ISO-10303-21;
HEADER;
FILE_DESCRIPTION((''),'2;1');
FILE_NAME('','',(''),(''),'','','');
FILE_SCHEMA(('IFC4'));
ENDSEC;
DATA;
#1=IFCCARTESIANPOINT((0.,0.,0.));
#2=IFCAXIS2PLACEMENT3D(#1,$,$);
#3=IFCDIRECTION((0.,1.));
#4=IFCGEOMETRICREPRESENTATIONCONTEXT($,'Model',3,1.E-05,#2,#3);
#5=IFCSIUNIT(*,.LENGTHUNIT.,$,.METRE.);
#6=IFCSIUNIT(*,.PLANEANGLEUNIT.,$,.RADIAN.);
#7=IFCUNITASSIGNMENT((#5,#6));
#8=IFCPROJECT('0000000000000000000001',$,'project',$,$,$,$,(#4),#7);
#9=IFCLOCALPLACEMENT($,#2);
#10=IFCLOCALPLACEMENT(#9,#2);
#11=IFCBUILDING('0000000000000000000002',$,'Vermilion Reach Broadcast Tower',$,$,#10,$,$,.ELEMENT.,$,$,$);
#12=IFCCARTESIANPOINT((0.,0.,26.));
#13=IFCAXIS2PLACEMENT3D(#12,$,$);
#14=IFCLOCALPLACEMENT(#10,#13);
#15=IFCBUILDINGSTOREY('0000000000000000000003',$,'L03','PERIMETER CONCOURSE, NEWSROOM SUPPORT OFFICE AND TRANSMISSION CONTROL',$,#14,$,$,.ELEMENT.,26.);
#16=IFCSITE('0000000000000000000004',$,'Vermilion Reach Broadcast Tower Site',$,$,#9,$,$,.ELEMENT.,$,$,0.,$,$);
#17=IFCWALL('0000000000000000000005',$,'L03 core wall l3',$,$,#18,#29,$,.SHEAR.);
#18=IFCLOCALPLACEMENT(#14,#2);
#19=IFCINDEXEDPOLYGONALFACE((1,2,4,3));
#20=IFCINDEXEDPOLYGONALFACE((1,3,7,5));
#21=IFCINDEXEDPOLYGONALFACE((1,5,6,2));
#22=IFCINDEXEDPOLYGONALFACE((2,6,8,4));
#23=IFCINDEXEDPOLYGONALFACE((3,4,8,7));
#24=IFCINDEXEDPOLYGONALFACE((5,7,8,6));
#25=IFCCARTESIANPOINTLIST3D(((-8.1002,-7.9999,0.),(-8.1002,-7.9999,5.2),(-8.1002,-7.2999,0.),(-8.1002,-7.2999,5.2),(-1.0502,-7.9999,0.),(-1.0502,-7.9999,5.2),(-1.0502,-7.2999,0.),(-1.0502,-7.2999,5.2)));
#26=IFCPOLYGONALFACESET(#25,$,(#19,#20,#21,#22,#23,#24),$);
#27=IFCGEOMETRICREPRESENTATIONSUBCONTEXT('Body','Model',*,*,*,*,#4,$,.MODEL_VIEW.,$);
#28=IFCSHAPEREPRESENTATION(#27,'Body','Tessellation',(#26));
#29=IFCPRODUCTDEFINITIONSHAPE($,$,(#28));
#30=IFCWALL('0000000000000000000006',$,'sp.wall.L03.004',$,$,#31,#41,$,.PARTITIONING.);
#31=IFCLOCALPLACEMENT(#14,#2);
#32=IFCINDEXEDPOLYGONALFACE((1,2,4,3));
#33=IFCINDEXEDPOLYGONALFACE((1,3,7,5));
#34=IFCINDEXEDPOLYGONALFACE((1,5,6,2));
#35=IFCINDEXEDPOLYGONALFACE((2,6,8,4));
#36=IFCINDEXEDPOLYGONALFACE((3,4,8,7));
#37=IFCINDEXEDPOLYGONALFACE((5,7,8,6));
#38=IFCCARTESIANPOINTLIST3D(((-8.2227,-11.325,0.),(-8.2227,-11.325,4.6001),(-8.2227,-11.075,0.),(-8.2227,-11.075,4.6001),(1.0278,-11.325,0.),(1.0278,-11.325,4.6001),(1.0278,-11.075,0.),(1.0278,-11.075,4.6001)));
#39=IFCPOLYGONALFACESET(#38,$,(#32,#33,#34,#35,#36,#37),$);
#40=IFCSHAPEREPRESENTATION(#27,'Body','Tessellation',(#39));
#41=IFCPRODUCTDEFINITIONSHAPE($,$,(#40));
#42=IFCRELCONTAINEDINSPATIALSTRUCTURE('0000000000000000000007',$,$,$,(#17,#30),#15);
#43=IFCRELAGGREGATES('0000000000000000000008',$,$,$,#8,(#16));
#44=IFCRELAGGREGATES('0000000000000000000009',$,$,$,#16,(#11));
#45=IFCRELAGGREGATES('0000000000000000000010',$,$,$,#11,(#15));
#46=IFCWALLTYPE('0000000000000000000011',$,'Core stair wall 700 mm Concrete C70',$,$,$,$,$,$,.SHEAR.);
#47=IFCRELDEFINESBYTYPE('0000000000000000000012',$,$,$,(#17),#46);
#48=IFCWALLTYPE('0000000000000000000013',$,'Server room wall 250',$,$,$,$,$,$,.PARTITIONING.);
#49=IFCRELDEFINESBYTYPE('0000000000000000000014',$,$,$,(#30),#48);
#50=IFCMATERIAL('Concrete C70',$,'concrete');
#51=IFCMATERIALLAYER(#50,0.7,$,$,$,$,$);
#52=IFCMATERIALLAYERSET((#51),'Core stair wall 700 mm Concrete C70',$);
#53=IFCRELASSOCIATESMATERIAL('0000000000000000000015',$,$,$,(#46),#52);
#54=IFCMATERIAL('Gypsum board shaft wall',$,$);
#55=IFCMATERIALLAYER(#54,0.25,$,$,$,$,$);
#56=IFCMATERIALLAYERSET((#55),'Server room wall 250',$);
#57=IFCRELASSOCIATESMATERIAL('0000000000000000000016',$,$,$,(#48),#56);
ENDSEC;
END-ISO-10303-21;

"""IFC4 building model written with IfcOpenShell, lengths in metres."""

from ifc_helpers import new_model, si_unit, direction, frame, frame_2d, origin, place, context, subcontext, project, spatial, rectangle, extrude, material, layer, layer_set, type_object, element, save


model = new_model("IFC4")

# Units and contexts
model_context = context("Model", 3, precision=1e-05, world=origin(), true_north=direction((0.0, 1.0)))
body_context = subcontext(model_context, "Body", "Model", "MODEL_VIEW")
ifc_project = project(units=[si_unit("LENGTHUNIT", "METRE"), si_unit("PLANEANGLEUNIT", "RADIAN")], contexts=[model_context])

# Site, building, storey
site_placement = place(None, origin())
site = spatial("IfcSite", under=ifc_project, at=site_placement, Name="Vermilion Reach Broadcast Tower Site", CompositionType="ELEMENT", RefElevation=0.0)
building_placement = place(site_placement, origin())
building = spatial("IfcBuilding", under=site, at=building_placement, Name="Vermilion Reach Broadcast Tower", CompositionType="ELEMENT")
storey_placement = place(building_placement, frame((0.0, 0.0, 26.0)))
storey = spatial("IfcBuildingStorey", under=building, at=storey_placement, Name="L03", Description="PERIMETER CONCOURSE, NEWSROOM SUPPORT OFFICE AND TRANSMISSION CONTROL", CompositionType="ELEMENT", Elevation=26.0)

# Walls
ifc_material_1 = material(Name="Concrete C70", Category="concrete")
ifc_layer_1 = layer(ifc_material_1, 0.7)
ifc_layer_set_1 = layer_set([ifc_layer_1], Name="Core stair wall 700 mm Concrete C70")
wall_type_1 = type_object("IfcWallType", Name="Core stair wall 700 mm Concrete C70", PredefinedType="SHEAR", material=ifc_layer_set_1)
wall_1_placement = place(storey_placement, frame((-8.1001, -7.6499, 0.0), z_axis=(0.0, 0.0, 1.0), x_axis=(1.0, 0.0, 0.0)))
element("IfcWall", 1, at=wall_1_placement, inside=storey, type_object=wall_type_1, Name="L03 core wall l3", PredefinedType="SHEAR", context=body_context, shape_type="SweptSolid", body=[
    extrude(rectangle(XDim=7.05, YDim=0.7, at=frame_2d((3.5249, 0.0))), origin(), (0.0, 0.0, 1.0), 5.2),
])
ifc_material_2 = material(Name="Gypsum board shaft wall")
ifc_layer_2 = layer(ifc_material_2, 0.25)
ifc_layer_set_2 = layer_set([ifc_layer_2], Name="Server room wall 250")
wall_type_2 = type_object("IfcWallType", Name="Server room wall 250", PredefinedType="PARTITIONING", material=ifc_layer_set_2)
wall_2_placement = place(storey_placement, frame((-8.2227, -11.2, 0.0), z_axis=(0.0, 0.0, 1.0), x_axis=(1.0, 0.0, 0.0)))
element("IfcWall", 2, at=wall_2_placement, inside=storey, type_object=wall_type_2, Name="sp.wall.L03.004", PredefinedType="PARTITIONING", context=body_context, shape_type="SweptSolid", body=[
    extrude(rectangle(XDim=9.2505, YDim=0.25, at=frame_2d((4.6252, 0.0))), origin(), (0.0, 0.0, 1.0), 4.6001),
])

save(model, "model.ifc")
